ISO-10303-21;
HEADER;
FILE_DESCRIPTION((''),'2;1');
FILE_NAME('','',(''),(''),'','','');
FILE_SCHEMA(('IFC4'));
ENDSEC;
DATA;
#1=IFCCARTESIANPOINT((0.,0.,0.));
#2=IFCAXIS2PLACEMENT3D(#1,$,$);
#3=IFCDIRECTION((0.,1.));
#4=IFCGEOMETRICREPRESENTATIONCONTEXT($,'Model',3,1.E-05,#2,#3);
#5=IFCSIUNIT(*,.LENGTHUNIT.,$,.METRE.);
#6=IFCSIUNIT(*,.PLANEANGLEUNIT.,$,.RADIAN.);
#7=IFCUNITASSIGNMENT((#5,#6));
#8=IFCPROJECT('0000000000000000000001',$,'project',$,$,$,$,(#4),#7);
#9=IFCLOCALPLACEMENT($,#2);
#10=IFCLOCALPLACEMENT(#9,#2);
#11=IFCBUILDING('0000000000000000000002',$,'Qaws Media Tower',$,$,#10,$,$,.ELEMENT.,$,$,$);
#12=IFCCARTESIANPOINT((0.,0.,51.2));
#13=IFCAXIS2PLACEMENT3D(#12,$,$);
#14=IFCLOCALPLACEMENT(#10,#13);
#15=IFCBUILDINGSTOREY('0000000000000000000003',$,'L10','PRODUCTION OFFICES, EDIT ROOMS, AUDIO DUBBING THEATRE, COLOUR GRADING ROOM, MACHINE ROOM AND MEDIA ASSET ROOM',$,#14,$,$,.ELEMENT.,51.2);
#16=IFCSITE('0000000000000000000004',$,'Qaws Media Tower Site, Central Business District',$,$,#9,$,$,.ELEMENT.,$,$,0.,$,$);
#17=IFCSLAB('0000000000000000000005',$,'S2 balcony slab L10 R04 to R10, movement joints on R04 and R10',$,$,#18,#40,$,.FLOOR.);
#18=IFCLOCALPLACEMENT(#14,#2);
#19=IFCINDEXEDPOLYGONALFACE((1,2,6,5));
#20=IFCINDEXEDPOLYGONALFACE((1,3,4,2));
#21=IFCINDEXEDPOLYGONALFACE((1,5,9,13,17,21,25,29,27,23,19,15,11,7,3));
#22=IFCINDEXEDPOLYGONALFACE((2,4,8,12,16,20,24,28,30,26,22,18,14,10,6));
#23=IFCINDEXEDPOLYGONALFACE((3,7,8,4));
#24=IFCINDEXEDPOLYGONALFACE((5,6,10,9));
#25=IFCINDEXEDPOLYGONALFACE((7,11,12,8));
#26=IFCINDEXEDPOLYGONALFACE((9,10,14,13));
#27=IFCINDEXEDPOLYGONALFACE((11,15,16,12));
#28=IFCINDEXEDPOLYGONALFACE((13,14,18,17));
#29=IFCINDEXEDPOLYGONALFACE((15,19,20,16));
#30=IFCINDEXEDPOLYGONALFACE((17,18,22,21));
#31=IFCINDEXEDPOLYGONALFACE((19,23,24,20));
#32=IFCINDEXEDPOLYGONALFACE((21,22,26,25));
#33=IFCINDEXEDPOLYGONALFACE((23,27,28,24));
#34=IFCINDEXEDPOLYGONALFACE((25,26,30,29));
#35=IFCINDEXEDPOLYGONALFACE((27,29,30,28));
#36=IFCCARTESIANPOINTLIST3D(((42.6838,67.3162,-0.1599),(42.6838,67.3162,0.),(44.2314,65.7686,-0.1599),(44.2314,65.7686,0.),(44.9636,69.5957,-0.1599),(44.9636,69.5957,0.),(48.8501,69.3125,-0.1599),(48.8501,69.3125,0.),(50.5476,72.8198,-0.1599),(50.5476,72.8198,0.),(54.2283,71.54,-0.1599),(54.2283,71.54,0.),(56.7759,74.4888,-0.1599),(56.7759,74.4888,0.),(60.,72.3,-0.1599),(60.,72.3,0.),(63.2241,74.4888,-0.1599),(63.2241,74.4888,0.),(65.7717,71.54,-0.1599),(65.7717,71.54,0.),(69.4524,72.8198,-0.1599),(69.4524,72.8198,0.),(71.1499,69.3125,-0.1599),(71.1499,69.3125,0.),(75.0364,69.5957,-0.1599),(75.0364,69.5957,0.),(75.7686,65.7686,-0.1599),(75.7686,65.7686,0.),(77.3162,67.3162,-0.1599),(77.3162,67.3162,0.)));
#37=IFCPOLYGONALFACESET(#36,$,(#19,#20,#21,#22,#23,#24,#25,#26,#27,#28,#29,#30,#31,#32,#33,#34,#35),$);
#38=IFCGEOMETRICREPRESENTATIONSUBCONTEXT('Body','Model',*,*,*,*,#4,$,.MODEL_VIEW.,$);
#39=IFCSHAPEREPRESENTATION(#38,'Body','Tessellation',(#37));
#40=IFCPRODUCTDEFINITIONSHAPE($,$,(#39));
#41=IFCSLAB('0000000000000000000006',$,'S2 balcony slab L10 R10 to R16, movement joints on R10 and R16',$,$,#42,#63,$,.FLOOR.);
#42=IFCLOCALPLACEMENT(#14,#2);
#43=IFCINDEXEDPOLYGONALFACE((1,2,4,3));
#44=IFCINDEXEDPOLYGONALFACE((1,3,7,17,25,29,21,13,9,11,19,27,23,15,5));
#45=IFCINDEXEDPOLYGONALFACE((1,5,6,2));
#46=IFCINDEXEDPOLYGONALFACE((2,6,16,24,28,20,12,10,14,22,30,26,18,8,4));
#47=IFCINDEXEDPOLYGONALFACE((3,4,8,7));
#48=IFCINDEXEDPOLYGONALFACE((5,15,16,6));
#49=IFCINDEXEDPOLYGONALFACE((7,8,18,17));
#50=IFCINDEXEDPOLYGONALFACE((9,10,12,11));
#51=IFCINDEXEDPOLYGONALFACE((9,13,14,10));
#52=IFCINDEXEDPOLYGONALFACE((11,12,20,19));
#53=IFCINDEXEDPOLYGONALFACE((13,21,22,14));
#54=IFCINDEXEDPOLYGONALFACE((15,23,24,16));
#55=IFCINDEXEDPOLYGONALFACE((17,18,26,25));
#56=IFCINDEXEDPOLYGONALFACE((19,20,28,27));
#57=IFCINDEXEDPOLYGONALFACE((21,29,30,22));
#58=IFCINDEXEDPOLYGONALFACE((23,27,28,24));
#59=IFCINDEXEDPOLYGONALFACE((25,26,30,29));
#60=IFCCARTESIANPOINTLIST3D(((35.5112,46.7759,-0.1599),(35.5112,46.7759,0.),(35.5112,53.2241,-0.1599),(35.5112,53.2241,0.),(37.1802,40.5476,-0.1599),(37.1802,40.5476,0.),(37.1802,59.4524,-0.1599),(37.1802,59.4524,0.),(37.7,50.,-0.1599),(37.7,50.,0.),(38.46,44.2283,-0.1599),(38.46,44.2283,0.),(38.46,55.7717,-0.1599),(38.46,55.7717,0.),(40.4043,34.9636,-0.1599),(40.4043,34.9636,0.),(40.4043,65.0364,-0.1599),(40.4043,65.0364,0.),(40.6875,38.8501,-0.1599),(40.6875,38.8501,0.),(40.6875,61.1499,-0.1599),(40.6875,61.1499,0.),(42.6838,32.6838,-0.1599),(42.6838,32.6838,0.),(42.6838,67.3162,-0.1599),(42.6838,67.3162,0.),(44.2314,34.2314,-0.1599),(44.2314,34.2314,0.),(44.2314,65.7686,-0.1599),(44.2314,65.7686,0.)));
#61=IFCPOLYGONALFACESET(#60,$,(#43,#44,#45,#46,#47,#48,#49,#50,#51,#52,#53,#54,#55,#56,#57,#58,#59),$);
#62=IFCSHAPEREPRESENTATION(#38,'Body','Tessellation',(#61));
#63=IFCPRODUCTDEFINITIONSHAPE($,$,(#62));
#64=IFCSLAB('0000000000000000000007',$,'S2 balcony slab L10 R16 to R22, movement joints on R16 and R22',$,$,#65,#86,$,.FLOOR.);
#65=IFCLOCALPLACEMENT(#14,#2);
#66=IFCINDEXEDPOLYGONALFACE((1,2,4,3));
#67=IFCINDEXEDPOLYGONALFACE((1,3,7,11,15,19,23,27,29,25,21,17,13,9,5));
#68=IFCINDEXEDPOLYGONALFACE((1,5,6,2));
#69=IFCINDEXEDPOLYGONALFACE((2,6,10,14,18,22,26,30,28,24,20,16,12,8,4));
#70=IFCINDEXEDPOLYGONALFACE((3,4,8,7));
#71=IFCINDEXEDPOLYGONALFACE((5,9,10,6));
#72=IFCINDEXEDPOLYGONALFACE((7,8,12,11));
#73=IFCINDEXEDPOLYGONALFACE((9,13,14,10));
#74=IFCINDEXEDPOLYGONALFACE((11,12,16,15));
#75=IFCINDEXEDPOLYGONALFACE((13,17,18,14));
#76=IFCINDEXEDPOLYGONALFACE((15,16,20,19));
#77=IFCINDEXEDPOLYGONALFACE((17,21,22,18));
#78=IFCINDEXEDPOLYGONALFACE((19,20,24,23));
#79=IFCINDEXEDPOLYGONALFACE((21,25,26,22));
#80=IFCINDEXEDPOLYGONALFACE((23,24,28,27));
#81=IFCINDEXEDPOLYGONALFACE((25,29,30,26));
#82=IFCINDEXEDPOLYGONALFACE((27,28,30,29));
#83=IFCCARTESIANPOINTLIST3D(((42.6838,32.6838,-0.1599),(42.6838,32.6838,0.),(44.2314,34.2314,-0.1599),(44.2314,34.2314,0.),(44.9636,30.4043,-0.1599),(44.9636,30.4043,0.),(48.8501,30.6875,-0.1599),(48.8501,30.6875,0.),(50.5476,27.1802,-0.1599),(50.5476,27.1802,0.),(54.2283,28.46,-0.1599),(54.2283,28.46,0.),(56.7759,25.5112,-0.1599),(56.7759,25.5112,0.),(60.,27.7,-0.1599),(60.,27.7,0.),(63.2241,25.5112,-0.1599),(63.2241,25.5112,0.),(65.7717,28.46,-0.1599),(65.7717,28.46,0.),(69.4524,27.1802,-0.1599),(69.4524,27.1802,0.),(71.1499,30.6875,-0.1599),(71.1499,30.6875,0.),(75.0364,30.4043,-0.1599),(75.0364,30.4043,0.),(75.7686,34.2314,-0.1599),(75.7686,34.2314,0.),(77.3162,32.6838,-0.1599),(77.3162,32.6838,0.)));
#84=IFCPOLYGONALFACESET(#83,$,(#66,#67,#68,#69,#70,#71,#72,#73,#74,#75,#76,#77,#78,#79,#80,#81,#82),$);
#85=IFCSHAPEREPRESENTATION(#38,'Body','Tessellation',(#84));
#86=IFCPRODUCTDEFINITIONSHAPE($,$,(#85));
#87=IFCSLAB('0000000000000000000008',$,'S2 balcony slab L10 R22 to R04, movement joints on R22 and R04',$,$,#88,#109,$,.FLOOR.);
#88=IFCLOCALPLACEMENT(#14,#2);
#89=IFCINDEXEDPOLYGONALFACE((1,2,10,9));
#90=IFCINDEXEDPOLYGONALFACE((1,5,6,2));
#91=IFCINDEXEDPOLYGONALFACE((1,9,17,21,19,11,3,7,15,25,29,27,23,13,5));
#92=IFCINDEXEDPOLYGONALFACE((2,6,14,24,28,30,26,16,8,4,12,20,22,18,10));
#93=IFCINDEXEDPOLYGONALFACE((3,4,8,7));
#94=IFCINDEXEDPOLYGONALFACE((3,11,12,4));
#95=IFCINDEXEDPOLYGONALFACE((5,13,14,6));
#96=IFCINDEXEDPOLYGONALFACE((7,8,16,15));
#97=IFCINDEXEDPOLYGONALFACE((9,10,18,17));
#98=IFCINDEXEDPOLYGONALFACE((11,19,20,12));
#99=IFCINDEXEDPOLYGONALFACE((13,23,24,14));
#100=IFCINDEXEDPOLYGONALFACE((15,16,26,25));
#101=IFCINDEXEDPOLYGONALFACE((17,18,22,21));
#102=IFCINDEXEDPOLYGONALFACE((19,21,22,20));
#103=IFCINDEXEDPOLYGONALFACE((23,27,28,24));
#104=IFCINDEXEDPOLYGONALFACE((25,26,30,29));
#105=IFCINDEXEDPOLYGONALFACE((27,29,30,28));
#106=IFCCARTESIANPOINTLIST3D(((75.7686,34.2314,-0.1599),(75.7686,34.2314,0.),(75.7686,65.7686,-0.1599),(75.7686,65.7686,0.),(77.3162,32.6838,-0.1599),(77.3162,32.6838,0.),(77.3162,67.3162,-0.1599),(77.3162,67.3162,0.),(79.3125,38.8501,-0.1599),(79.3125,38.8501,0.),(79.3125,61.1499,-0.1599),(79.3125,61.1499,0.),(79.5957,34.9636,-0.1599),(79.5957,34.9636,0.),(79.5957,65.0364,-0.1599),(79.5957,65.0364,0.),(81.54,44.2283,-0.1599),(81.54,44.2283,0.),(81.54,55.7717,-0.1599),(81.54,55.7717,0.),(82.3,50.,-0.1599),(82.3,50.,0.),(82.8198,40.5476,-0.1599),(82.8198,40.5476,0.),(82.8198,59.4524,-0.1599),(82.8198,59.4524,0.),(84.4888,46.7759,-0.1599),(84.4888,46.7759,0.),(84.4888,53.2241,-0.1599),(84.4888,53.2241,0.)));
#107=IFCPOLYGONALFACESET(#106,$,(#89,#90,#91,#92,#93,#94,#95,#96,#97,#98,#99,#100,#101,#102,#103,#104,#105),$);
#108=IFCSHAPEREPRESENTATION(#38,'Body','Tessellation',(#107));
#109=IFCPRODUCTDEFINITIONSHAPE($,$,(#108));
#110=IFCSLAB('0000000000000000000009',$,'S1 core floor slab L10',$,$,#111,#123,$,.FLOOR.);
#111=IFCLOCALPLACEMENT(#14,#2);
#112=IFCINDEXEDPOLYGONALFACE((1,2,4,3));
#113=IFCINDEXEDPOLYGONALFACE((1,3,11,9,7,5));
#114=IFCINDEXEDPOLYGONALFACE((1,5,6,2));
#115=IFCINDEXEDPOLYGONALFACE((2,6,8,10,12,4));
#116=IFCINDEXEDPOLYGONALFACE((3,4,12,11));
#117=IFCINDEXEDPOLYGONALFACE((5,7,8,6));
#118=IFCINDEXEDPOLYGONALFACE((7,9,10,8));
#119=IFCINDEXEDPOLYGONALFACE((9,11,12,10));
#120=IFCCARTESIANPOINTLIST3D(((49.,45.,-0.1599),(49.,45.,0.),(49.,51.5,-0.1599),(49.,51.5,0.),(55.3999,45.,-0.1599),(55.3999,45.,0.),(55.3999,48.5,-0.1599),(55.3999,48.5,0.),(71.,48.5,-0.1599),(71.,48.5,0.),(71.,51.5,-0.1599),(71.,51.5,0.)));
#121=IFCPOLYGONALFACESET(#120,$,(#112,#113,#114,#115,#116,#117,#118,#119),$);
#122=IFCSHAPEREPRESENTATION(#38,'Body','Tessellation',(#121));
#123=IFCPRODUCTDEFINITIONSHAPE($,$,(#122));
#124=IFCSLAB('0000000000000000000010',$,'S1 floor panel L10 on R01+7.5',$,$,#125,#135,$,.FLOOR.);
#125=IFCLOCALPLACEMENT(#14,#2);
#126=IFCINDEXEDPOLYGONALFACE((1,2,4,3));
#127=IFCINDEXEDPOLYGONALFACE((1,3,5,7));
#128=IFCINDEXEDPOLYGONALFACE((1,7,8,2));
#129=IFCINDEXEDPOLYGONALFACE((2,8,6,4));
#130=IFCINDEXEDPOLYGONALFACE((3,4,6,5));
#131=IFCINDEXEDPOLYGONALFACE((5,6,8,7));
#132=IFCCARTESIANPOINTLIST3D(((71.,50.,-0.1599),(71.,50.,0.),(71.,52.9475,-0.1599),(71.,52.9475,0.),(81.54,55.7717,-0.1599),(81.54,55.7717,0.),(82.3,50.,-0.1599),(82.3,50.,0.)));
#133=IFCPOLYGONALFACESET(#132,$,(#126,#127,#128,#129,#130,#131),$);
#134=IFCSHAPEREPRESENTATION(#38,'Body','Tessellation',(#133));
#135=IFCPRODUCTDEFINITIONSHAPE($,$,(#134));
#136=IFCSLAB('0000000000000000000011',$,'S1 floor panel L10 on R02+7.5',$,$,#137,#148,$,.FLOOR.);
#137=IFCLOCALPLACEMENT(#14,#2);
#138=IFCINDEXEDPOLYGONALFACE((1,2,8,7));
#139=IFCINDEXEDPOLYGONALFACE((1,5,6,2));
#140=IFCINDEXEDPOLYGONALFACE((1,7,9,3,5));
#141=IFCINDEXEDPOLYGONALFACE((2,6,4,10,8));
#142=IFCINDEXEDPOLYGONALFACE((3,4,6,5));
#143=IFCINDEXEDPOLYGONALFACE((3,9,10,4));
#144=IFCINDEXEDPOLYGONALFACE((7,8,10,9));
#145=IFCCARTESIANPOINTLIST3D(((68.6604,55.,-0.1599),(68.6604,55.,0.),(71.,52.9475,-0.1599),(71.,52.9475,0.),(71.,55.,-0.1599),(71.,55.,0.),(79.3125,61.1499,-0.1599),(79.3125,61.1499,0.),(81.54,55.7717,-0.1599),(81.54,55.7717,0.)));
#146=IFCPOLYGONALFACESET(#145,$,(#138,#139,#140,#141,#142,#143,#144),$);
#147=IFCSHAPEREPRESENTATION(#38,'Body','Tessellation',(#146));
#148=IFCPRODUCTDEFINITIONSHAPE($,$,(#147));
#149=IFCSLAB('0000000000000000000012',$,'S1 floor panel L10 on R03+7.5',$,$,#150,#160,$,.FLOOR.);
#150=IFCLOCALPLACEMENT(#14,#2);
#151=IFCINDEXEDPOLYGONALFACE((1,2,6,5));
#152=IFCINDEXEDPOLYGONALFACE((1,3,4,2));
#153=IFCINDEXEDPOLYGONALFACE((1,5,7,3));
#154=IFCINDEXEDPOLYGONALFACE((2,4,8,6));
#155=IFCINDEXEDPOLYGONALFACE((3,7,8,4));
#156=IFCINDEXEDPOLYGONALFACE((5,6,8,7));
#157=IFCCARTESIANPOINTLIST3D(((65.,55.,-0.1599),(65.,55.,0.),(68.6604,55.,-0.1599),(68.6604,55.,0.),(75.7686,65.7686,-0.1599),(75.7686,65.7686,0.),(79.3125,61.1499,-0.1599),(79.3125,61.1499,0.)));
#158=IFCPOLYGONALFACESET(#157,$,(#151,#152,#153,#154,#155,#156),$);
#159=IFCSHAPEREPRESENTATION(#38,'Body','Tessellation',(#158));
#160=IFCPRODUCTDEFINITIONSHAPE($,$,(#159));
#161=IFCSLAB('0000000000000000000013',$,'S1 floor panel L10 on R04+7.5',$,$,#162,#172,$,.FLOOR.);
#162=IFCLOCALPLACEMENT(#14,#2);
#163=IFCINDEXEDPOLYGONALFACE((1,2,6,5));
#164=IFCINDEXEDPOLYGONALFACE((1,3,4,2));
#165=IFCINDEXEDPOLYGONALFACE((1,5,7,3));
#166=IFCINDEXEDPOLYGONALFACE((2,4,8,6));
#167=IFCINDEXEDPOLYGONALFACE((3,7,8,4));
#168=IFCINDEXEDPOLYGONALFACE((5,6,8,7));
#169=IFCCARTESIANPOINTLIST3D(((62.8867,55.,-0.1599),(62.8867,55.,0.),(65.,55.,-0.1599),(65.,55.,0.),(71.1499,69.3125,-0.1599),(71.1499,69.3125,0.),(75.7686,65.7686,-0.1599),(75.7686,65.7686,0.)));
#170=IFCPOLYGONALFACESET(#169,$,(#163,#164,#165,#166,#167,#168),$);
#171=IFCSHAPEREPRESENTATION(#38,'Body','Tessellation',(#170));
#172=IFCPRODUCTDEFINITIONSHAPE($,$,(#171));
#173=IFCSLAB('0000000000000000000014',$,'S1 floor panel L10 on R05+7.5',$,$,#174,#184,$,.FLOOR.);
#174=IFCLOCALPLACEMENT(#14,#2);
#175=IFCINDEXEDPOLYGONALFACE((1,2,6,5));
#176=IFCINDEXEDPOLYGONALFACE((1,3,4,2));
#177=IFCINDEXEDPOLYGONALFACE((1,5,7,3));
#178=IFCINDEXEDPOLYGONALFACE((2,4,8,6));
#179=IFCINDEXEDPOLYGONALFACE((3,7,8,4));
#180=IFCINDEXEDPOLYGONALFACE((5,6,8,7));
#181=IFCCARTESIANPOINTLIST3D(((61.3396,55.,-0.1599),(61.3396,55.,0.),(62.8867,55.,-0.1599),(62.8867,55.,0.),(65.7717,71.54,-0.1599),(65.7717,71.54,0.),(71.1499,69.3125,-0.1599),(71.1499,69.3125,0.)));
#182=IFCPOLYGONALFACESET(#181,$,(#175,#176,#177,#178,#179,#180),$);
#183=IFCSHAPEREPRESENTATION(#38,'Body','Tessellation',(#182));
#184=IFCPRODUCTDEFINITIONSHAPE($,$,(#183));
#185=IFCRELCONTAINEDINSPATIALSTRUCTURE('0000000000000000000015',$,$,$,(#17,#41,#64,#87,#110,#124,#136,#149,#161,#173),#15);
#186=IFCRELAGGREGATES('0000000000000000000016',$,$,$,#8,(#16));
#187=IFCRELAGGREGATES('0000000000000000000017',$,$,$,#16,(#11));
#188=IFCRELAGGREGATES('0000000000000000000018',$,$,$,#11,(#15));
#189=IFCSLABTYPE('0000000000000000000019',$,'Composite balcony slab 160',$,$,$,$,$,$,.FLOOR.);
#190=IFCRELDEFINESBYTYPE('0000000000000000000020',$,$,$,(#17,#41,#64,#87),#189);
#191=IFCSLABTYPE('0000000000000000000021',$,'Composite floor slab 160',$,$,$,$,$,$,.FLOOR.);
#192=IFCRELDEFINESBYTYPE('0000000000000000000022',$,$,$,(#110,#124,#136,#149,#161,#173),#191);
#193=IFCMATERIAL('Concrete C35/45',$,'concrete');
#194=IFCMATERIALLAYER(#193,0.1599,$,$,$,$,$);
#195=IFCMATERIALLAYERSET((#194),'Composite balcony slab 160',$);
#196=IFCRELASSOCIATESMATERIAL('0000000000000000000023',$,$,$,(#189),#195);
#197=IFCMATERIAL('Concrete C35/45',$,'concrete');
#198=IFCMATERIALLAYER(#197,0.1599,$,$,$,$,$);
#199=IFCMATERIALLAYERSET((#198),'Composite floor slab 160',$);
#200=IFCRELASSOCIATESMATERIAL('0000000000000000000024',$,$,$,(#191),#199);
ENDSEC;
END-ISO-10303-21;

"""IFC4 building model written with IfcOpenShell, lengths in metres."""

from ifc_helpers import new_model, si_unit, direction, frame, origin, place, context, subcontext, project, spatial, polyline, outline, extrude, material, layer, layer_set, type_object, element, save


model = new_model("IFC4")

# Units and contexts
model_context = context("Model", 3, precision=1e-05, world=origin(), true_north=direction((0.0, 1.0)))
body_context = subcontext(model_context, "Body", "Model", "MODEL_VIEW")
ifc_project = project(units=[si_unit("LENGTHUNIT", "METRE"), si_unit("PLANEANGLEUNIT", "RADIAN")], contexts=[model_context])

# Site, building, storey
site_placement = place(None, origin())
site = spatial("IfcSite", under=ifc_project, at=site_placement, Name="Qaws Media Tower Site, Central Business District", CompositionType="ELEMENT", RefElevation=0.0)
building_placement = place(site_placement, origin())
building = spatial("IfcBuilding", under=site, at=building_placement, Name="Qaws Media Tower", CompositionType="ELEMENT")
storey_placement = place(building_placement, frame((0.0, 0.0, 51.2)))
storey = spatial("IfcBuildingStorey", under=building, at=storey_placement, Name="L10", Description="PRODUCTION OFFICES, EDIT ROOMS, AUDIO DUBBING THEATRE, COLOUR GRADING ROOM, MACHINE ROOM AND MEDIA ASSET ROOM", CompositionType="ELEMENT", Elevation=51.2)

# Slabs
ifc_material_1 = material(Name="Concrete C35/45", Category="concrete")
ifc_layer_1 = layer(ifc_material_1, 0.1599)
ifc_layer_set_1 = layer_set([ifc_layer_1], Name="Composite balcony slab 160")
slab_type_1 = type_object("IfcSlabType", Name="Composite balcony slab 160", PredefinedType="FLOOR", material=ifc_layer_set_1)
slab_1_placement = place(storey_placement, frame((0.0, 0.0, -0.1599)))
element("IfcSlab", 1, at=slab_1_placement, inside=storey, type_object=slab_type_1, Name="S2 balcony slab L10 R04 to R10, movement joints on R04 and R10", PredefinedType="FLOOR", context=body_context, shape_type="SweptSolid", body=[
    extrude(outline(polyline([(44.9636, 69.5957), (50.5476, 72.8198), (56.7759, 74.4888), (63.2241, 74.4888), (69.4524, 72.8198), (75.0364, 69.5957), (77.3162, 67.3162), (75.7686, 65.7686), (71.1499, 69.3125), (65.7717, 71.54), (60.0, 72.3), (54.2283, 71.54), (48.8501, 69.3125), (44.2314, 65.7686), (42.6838, 67.3162), (44.9636, 69.5957)])), origin(), (0.0, 0.0, 1.0), 0.1599),
])
slab_2_placement = place(storey_placement, frame((0.0, 0.0, -0.1599)))
element("IfcSlab", 2, at=slab_2_placement, inside=storey, type_object=slab_type_1, Name="S2 balcony slab L10 R10 to R16, movement joints on R10 and R16", PredefinedType="FLOOR", context=body_context, shape_type="SweptSolid", body=[
    extrude(outline(polyline([(40.4043, 34.9636), (37.1802, 40.5476), (35.5112, 46.7759), (35.5112, 53.2241), (37.1802, 59.4524), (40.4043, 65.0364), (42.6838, 67.3162), (44.2314, 65.7686), (40.6875, 61.1499), (38.46, 55.7717), (37.7, 50.0), (38.46, 44.2283), (40.6875, 38.8501), (44.2314, 34.2314), (42.6838, 32.6838), (40.4043, 34.9636)])), origin(), (0.0, 0.0, 1.0), 0.1599),
])
slab_3_placement = place(storey_placement, frame((0.0, 0.0, -0.1599)))
element("IfcSlab", 3, at=slab_3_placement, inside=storey, type_object=slab_type_1, Name="S2 balcony slab L10 R16 to R22, movement joints on R16 and R22", PredefinedType="FLOOR", context=body_context, shape_type="SweptSolid", body=[
    extrude(outline(polyline([(75.0364, 30.4043), (69.4524, 27.1802), (63.2241, 25.5112), (56.7759, 25.5112), (50.5476, 27.1802), (44.9636, 30.4043), (42.6838, 32.6838), (44.2314, 34.2314), (48.8501, 30.6875), (54.2283, 28.46), (60.0, 27.7), (65.7717, 28.46), (71.1499, 30.6875), (75.7686, 34.2314), (77.3162, 32.6838), (75.0364, 30.4043)])), origin(), (0.0, 0.0, 1.0), 0.1599),
])
slab_4_placement = place(storey_placement, frame((0.0, 0.0, -0.1599)))
element("IfcSlab", 4, at=slab_4_placement, inside=storey, type_object=slab_type_1, Name="S2 balcony slab L10 R22 to R04, movement joints on R22 and R04", PredefinedType="FLOOR", context=body_context, shape_type="SweptSolid", body=[
    extrude(outline(polyline([(82.8198, 40.5476), (79.5957, 34.9636), (77.3162, 32.6838), (75.7686, 34.2314), (79.3125, 38.8501), (81.54, 44.2283), (82.3, 50.0), (81.54, 55.7717), (79.3125, 61.1499), (75.7686, 65.7686), (77.3162, 67.3162), (79.5957, 65.0364), (82.8198, 59.4524), (84.4888, 53.2241), (84.4888, 46.7759), (82.8198, 40.5476)])), origin(), (0.0, 0.0, 1.0), 0.1599),
])
ifc_material_2 = material(Name="Concrete C35/45", Category="concrete")
ifc_layer_2 = layer(ifc_material_2, 0.1599)
ifc_layer_set_2 = layer_set([ifc_layer_2], Name="Composite floor slab 160")
slab_type_2 = type_object("IfcSlabType", Name="Composite floor slab 160", PredefinedType="FLOOR", material=ifc_layer_set_2)
slab_5_placement = place(storey_placement, frame((0.0, 0.0, -0.1599)))
element("IfcSlab", 5, at=slab_5_placement, inside=storey, type_object=slab_type_2, Name="S1 core floor slab L10", PredefinedType="FLOOR", context=body_context, shape_type="SweptSolid", body=[
    extrude(outline(polyline([(71.0, 51.5), (71.0, 48.5), (55.3999, 48.5), (55.3999, 45.0), (49.0, 45.0), (49.0, 51.5), (71.0, 51.5)])), origin(), (0.0, 0.0, 1.0), 0.1599),
])
slab_6_placement = place(storey_placement, frame((0.0, 0.0, -0.1599)))
element("IfcSlab", 6, at=slab_6_placement, inside=storey, type_object=slab_type_2, Name="S1 floor panel L10 on R01+7.5", PredefinedType="FLOOR", context=body_context, shape_type="SweptSolid", body=[
    extrude(outline(polyline([(82.3, 50.0), (71.0, 50.0), (71.0, 52.9475), (81.54, 55.7717), (82.3, 50.0)])), origin(), (0.0, 0.0, 1.0), 0.1599),
])
slab_7_placement = place(storey_placement, frame((0.0, 0.0, -0.1599)))
element("IfcSlab", 7, at=slab_7_placement, inside=storey, type_object=slab_type_2, Name="S1 floor panel L10 on R02+7.5", PredefinedType="FLOOR", context=body_context, shape_type="SweptSolid", body=[
    extrude(outline(polyline([(79.3125, 61.1499), (81.54, 55.7717), (71.0, 52.9475), (71.0, 55.0), (68.6604, 55.0), (79.3125, 61.1499)])), origin(), (0.0, 0.0, 1.0), 0.1599),
])
slab_8_placement = place(storey_placement, frame((0.0, 0.0, -0.1599)))
element("IfcSlab", 8, at=slab_8_placement, inside=storey, type_object=slab_type_2, Name="S1 floor panel L10 on R03+7.5", PredefinedType="FLOOR", context=body_context, shape_type="SweptSolid", body=[
    extrude(outline(polyline([(79.3125, 61.1499), (68.6604, 55.0), (65.0, 55.0), (75.7686, 65.7686), (79.3125, 61.1499)])), origin(), (0.0, 0.0, 1.0), 0.1599),
])
slab_9_placement = place(storey_placement, frame((0.0, 0.0, -0.1599)))
element("IfcSlab", 9, at=slab_9_placement, inside=storey, type_object=slab_type_2, Name="S1 floor panel L10 on R04+7.5", PredefinedType="FLOOR", context=body_context, shape_type="SweptSolid", body=[
    extrude(outline(polyline([(75.7686, 65.7686), (65.0, 55.0), (62.8867, 55.0), (71.1499, 69.3125), (75.7686, 65.7686)])), origin(), (0.0, 0.0, 1.0), 0.1599),
])
slab_10_placement = place(storey_placement, frame((0.0, 0.0, -0.1599)))
element("IfcSlab", 10, at=slab_10_placement, inside=storey, type_object=slab_type_2, Name="S1 floor panel L10 on R05+7.5", PredefinedType="FLOOR", context=body_context, shape_type="SweptSolid", body=[
    extrude(outline(polyline([(65.7717, 71.54), (71.1499, 69.3125), (62.8867, 55.0), (61.3396, 55.0), (65.7717, 71.54)])), origin(), (0.0, 0.0, 1.0), 0.1599),
])

save(model, "model.ifc")
